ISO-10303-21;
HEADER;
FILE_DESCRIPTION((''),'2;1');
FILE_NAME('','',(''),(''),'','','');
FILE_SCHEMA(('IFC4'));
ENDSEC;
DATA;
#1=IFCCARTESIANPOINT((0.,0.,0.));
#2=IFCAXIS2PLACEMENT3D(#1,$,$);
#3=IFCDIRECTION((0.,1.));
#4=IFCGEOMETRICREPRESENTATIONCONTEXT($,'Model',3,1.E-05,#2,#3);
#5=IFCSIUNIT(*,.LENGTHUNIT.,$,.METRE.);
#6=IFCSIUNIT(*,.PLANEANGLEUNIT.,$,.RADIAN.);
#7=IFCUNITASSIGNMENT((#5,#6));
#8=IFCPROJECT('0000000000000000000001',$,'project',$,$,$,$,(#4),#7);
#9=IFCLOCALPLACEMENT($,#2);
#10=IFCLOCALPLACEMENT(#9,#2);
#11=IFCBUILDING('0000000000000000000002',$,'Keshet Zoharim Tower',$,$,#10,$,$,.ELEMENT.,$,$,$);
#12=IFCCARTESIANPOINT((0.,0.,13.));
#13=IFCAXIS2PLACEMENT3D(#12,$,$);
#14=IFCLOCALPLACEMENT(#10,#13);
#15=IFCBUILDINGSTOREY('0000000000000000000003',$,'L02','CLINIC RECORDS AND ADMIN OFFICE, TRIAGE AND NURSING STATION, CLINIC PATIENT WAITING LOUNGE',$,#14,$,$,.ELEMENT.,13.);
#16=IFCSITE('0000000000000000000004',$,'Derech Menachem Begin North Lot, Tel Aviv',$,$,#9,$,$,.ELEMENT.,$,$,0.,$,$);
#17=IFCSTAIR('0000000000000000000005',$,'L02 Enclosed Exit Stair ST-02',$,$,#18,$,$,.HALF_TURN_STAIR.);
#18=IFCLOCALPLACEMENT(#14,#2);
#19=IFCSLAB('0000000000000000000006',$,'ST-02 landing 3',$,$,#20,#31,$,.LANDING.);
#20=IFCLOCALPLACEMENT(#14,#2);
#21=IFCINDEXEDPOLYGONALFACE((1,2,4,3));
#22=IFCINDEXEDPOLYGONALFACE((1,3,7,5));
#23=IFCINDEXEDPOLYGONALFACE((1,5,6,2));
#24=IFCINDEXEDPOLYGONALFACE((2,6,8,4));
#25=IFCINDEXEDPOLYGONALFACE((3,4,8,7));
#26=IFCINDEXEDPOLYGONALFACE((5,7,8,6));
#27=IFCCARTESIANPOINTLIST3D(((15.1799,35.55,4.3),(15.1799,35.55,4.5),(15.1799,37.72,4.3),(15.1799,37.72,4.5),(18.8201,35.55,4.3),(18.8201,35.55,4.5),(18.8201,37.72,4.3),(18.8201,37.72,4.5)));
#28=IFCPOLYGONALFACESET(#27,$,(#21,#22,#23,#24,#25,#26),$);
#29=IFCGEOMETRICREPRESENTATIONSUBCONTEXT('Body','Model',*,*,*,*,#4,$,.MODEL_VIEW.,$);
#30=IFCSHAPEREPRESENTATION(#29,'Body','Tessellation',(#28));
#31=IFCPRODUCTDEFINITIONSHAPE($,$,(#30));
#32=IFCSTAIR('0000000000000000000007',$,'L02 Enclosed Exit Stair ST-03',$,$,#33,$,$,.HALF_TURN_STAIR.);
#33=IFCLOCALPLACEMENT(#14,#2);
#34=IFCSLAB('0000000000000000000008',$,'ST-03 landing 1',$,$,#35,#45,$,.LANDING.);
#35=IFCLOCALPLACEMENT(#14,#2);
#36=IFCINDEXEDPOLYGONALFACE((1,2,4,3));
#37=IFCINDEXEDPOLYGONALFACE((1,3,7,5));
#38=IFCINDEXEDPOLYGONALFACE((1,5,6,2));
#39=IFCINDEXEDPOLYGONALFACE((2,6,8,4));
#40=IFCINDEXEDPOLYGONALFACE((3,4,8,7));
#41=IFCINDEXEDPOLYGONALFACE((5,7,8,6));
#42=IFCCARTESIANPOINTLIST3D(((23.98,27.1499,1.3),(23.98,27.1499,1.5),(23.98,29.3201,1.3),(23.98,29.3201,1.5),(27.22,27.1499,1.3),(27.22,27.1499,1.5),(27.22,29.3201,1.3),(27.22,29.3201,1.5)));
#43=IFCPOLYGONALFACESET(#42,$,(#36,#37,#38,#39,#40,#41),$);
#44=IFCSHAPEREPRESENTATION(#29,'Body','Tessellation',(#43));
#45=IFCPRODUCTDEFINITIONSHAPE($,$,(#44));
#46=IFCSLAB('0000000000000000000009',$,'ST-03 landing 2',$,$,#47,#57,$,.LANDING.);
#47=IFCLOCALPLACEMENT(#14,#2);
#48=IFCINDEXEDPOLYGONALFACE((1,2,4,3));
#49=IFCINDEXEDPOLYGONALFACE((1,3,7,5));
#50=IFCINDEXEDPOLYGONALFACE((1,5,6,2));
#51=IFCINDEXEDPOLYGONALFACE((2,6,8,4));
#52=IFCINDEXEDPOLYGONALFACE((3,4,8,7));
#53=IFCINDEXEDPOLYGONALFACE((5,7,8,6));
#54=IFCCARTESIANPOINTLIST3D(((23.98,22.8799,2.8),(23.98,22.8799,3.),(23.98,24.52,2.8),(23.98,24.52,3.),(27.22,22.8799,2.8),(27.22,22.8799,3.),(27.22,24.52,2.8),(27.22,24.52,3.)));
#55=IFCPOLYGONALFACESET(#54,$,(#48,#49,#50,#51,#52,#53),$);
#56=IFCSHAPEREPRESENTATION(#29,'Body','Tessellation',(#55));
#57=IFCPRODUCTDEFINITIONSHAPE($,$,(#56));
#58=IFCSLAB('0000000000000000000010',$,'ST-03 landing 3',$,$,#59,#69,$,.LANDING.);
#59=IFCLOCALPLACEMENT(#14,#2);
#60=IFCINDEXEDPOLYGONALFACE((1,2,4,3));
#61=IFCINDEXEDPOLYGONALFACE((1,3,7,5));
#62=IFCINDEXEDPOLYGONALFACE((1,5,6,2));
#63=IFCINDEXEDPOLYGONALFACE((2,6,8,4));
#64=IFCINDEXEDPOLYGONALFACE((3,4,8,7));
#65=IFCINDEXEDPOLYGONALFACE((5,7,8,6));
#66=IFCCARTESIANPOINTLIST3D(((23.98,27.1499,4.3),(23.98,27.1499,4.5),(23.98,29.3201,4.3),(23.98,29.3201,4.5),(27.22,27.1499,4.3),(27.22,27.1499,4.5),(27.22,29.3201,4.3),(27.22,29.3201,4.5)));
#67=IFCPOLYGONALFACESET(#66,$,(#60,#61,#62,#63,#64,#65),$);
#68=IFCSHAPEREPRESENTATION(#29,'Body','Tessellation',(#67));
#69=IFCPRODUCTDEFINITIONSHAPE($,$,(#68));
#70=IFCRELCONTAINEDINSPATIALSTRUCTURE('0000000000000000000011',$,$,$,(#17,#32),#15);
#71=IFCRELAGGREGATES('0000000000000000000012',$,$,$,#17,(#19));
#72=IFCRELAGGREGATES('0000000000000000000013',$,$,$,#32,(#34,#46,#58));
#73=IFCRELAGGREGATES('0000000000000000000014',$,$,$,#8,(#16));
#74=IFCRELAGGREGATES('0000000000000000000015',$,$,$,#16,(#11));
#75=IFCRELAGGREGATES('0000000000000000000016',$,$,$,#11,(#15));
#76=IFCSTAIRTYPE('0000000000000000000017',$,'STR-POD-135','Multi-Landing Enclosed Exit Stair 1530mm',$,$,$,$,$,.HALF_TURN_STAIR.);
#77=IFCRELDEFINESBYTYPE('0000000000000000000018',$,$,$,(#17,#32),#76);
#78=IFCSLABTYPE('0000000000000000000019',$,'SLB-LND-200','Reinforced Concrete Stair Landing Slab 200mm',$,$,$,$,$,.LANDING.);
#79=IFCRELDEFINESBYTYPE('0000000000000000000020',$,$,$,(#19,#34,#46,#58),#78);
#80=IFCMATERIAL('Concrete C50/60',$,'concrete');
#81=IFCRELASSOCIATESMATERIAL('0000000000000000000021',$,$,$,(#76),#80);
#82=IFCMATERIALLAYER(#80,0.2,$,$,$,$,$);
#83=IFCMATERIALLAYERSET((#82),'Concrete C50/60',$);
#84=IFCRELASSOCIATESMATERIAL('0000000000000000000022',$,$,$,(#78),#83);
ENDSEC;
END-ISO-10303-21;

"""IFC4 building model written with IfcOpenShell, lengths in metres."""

from ifc_helpers import new_model, si_unit, direction, frame, origin, place, context, subcontext, project, spatial, polyline, outline, extrude, material, layer, layer_set, type_object, element, aggregate, save


model = new_model("IFC4")

# Units and contexts
model_context = context("Model", 3, precision=1e-05, world=origin(), true_north=direction((0.0, 1.0)))
body_context = subcontext(model_context, "Body", "Model", "MODEL_VIEW")
ifc_project = project(units=[si_unit("LENGTHUNIT", "METRE"), si_unit("PLANEANGLEUNIT", "RADIAN")], contexts=[model_context])

# Site, building, storey
site_placement = place(None, origin())
site = spatial("IfcSite", under=ifc_project, at=site_placement, Name="Derech Menachem Begin North Lot, Tel Aviv", CompositionType="ELEMENT", RefElevation=0.0)
building_placement = place(site_placement, origin())
building = spatial("IfcBuilding", under=site, at=building_placement, Name="Keshet Zoharim Tower", CompositionType="ELEMENT")
storey_placement = place(building_placement, frame((0.0, 0.0, 13.0)))
storey = spatial("IfcBuildingStorey", under=building, at=storey_placement, Name="L02", Description="CLINIC RECORDS AND ADMIN OFFICE, TRIAGE AND NURSING STATION, CLINIC PATIENT WAITING LOUNGE", CompositionType="ELEMENT", Elevation=13.0)

# Shared definitions
ifc_material_1 = material(Name="Concrete C50/60", Category="concrete")

# Stairs, slabs
stair_type = type_object("IfcStairType", Name="STR-POD-135", Description="Multi-Landing Enclosed Exit Stair 1530mm", PredefinedType="HALF_TURN_STAIR", material=ifc_material_1)
ifc_layer_1 = layer(ifc_material_1, 0.2)
ifc_layer_set_1 = layer_set([ifc_layer_1], Name="Concrete C50/60")
slab_type_1 = type_object("IfcSlabType", Name="SLB-LND-200", Description="Reinforced Concrete Stair Landing Slab 200mm", PredefinedType="LANDING", material=ifc_layer_set_1)
stair_1_placement = place(storey_placement, origin())
stair_1 = element("IfcStair", 1, at=stair_1_placement, inside=storey, type_object=stair_type, Name="L02 Enclosed Exit Stair ST-02", PredefinedType="HALF_TURN_STAIR")
slab_1_placement = place(storey_placement, frame((0.0, 0.0, 4.3)))
slab_1 = element("IfcSlab", 2, at=slab_1_placement, type_object=slab_type_1, Name="ST-02 landing 3", PredefinedType="LANDING", context=body_context, shape_type="SweptSolid", body=[
    extrude(outline(polyline([(15.1799, 35.55), (18.8201, 35.55), (18.8201, 37.72), (15.1799, 37.72), (15.1799, 35.55)])), origin(), (0.0, 0.0, 1.0), 0.2),
])
aggregate(stair_1, [slab_1])
stair_2_placement = place(storey_placement, origin())
stair_2 = element("IfcStair", 3, at=stair_2_placement, inside=storey, type_object=stair_type, Name="L02 Enclosed Exit Stair ST-03", PredefinedType="HALF_TURN_STAIR")
slab_2_placement = place(storey_placement, frame((0.0, 0.0, 1.3)))
slab_2 = element("IfcSlab", 4, at=slab_2_placement, type_object=slab_type_1, Name="ST-03 landing 1", PredefinedType="LANDING", context=body_context, shape_type="SweptSolid", body=[
    extrude(outline(polyline([(23.98, 27.1499), (27.22, 27.1499), (27.22, 29.3201), (23.98, 29.3201), (23.98, 27.1499)])), origin(), (0.0, 0.0, 1.0), 0.2),
])
slab_3_placement = place(storey_placement, frame((0.0, 0.0, 2.8)))
slab_3 = element("IfcSlab", 5, at=slab_3_placement, type_object=slab_type_1, Name="ST-03 landing 2", PredefinedType="LANDING", context=body_context, shape_type="SweptSolid", body=[
    extrude(outline(polyline([(23.98, 22.8799), (27.22, 22.8799), (27.22, 24.52), (23.98, 24.52), (23.98, 22.8799)])), origin(), (0.0, 0.0, 1.0), 0.2),
])
slab_4_placement = place(storey_placement, frame((0.0, 0.0, 4.3)))
slab_4 = element("IfcSlab", 6, at=slab_4_placement, type_object=slab_type_1, Name="ST-03 landing 3", PredefinedType="LANDING", context=body_context, shape_type="SweptSolid", body=[
    extrude(outline(polyline([(23.98, 27.1499), (27.22, 27.1499), (27.22, 29.3201), (23.98, 29.3201), (23.98, 27.1499)])), origin(), (0.0, 0.0, 1.0), 0.2),
])
aggregate(stair_2, [slab_2, slab_3, slab_4])

save(model, "model.ifc")
